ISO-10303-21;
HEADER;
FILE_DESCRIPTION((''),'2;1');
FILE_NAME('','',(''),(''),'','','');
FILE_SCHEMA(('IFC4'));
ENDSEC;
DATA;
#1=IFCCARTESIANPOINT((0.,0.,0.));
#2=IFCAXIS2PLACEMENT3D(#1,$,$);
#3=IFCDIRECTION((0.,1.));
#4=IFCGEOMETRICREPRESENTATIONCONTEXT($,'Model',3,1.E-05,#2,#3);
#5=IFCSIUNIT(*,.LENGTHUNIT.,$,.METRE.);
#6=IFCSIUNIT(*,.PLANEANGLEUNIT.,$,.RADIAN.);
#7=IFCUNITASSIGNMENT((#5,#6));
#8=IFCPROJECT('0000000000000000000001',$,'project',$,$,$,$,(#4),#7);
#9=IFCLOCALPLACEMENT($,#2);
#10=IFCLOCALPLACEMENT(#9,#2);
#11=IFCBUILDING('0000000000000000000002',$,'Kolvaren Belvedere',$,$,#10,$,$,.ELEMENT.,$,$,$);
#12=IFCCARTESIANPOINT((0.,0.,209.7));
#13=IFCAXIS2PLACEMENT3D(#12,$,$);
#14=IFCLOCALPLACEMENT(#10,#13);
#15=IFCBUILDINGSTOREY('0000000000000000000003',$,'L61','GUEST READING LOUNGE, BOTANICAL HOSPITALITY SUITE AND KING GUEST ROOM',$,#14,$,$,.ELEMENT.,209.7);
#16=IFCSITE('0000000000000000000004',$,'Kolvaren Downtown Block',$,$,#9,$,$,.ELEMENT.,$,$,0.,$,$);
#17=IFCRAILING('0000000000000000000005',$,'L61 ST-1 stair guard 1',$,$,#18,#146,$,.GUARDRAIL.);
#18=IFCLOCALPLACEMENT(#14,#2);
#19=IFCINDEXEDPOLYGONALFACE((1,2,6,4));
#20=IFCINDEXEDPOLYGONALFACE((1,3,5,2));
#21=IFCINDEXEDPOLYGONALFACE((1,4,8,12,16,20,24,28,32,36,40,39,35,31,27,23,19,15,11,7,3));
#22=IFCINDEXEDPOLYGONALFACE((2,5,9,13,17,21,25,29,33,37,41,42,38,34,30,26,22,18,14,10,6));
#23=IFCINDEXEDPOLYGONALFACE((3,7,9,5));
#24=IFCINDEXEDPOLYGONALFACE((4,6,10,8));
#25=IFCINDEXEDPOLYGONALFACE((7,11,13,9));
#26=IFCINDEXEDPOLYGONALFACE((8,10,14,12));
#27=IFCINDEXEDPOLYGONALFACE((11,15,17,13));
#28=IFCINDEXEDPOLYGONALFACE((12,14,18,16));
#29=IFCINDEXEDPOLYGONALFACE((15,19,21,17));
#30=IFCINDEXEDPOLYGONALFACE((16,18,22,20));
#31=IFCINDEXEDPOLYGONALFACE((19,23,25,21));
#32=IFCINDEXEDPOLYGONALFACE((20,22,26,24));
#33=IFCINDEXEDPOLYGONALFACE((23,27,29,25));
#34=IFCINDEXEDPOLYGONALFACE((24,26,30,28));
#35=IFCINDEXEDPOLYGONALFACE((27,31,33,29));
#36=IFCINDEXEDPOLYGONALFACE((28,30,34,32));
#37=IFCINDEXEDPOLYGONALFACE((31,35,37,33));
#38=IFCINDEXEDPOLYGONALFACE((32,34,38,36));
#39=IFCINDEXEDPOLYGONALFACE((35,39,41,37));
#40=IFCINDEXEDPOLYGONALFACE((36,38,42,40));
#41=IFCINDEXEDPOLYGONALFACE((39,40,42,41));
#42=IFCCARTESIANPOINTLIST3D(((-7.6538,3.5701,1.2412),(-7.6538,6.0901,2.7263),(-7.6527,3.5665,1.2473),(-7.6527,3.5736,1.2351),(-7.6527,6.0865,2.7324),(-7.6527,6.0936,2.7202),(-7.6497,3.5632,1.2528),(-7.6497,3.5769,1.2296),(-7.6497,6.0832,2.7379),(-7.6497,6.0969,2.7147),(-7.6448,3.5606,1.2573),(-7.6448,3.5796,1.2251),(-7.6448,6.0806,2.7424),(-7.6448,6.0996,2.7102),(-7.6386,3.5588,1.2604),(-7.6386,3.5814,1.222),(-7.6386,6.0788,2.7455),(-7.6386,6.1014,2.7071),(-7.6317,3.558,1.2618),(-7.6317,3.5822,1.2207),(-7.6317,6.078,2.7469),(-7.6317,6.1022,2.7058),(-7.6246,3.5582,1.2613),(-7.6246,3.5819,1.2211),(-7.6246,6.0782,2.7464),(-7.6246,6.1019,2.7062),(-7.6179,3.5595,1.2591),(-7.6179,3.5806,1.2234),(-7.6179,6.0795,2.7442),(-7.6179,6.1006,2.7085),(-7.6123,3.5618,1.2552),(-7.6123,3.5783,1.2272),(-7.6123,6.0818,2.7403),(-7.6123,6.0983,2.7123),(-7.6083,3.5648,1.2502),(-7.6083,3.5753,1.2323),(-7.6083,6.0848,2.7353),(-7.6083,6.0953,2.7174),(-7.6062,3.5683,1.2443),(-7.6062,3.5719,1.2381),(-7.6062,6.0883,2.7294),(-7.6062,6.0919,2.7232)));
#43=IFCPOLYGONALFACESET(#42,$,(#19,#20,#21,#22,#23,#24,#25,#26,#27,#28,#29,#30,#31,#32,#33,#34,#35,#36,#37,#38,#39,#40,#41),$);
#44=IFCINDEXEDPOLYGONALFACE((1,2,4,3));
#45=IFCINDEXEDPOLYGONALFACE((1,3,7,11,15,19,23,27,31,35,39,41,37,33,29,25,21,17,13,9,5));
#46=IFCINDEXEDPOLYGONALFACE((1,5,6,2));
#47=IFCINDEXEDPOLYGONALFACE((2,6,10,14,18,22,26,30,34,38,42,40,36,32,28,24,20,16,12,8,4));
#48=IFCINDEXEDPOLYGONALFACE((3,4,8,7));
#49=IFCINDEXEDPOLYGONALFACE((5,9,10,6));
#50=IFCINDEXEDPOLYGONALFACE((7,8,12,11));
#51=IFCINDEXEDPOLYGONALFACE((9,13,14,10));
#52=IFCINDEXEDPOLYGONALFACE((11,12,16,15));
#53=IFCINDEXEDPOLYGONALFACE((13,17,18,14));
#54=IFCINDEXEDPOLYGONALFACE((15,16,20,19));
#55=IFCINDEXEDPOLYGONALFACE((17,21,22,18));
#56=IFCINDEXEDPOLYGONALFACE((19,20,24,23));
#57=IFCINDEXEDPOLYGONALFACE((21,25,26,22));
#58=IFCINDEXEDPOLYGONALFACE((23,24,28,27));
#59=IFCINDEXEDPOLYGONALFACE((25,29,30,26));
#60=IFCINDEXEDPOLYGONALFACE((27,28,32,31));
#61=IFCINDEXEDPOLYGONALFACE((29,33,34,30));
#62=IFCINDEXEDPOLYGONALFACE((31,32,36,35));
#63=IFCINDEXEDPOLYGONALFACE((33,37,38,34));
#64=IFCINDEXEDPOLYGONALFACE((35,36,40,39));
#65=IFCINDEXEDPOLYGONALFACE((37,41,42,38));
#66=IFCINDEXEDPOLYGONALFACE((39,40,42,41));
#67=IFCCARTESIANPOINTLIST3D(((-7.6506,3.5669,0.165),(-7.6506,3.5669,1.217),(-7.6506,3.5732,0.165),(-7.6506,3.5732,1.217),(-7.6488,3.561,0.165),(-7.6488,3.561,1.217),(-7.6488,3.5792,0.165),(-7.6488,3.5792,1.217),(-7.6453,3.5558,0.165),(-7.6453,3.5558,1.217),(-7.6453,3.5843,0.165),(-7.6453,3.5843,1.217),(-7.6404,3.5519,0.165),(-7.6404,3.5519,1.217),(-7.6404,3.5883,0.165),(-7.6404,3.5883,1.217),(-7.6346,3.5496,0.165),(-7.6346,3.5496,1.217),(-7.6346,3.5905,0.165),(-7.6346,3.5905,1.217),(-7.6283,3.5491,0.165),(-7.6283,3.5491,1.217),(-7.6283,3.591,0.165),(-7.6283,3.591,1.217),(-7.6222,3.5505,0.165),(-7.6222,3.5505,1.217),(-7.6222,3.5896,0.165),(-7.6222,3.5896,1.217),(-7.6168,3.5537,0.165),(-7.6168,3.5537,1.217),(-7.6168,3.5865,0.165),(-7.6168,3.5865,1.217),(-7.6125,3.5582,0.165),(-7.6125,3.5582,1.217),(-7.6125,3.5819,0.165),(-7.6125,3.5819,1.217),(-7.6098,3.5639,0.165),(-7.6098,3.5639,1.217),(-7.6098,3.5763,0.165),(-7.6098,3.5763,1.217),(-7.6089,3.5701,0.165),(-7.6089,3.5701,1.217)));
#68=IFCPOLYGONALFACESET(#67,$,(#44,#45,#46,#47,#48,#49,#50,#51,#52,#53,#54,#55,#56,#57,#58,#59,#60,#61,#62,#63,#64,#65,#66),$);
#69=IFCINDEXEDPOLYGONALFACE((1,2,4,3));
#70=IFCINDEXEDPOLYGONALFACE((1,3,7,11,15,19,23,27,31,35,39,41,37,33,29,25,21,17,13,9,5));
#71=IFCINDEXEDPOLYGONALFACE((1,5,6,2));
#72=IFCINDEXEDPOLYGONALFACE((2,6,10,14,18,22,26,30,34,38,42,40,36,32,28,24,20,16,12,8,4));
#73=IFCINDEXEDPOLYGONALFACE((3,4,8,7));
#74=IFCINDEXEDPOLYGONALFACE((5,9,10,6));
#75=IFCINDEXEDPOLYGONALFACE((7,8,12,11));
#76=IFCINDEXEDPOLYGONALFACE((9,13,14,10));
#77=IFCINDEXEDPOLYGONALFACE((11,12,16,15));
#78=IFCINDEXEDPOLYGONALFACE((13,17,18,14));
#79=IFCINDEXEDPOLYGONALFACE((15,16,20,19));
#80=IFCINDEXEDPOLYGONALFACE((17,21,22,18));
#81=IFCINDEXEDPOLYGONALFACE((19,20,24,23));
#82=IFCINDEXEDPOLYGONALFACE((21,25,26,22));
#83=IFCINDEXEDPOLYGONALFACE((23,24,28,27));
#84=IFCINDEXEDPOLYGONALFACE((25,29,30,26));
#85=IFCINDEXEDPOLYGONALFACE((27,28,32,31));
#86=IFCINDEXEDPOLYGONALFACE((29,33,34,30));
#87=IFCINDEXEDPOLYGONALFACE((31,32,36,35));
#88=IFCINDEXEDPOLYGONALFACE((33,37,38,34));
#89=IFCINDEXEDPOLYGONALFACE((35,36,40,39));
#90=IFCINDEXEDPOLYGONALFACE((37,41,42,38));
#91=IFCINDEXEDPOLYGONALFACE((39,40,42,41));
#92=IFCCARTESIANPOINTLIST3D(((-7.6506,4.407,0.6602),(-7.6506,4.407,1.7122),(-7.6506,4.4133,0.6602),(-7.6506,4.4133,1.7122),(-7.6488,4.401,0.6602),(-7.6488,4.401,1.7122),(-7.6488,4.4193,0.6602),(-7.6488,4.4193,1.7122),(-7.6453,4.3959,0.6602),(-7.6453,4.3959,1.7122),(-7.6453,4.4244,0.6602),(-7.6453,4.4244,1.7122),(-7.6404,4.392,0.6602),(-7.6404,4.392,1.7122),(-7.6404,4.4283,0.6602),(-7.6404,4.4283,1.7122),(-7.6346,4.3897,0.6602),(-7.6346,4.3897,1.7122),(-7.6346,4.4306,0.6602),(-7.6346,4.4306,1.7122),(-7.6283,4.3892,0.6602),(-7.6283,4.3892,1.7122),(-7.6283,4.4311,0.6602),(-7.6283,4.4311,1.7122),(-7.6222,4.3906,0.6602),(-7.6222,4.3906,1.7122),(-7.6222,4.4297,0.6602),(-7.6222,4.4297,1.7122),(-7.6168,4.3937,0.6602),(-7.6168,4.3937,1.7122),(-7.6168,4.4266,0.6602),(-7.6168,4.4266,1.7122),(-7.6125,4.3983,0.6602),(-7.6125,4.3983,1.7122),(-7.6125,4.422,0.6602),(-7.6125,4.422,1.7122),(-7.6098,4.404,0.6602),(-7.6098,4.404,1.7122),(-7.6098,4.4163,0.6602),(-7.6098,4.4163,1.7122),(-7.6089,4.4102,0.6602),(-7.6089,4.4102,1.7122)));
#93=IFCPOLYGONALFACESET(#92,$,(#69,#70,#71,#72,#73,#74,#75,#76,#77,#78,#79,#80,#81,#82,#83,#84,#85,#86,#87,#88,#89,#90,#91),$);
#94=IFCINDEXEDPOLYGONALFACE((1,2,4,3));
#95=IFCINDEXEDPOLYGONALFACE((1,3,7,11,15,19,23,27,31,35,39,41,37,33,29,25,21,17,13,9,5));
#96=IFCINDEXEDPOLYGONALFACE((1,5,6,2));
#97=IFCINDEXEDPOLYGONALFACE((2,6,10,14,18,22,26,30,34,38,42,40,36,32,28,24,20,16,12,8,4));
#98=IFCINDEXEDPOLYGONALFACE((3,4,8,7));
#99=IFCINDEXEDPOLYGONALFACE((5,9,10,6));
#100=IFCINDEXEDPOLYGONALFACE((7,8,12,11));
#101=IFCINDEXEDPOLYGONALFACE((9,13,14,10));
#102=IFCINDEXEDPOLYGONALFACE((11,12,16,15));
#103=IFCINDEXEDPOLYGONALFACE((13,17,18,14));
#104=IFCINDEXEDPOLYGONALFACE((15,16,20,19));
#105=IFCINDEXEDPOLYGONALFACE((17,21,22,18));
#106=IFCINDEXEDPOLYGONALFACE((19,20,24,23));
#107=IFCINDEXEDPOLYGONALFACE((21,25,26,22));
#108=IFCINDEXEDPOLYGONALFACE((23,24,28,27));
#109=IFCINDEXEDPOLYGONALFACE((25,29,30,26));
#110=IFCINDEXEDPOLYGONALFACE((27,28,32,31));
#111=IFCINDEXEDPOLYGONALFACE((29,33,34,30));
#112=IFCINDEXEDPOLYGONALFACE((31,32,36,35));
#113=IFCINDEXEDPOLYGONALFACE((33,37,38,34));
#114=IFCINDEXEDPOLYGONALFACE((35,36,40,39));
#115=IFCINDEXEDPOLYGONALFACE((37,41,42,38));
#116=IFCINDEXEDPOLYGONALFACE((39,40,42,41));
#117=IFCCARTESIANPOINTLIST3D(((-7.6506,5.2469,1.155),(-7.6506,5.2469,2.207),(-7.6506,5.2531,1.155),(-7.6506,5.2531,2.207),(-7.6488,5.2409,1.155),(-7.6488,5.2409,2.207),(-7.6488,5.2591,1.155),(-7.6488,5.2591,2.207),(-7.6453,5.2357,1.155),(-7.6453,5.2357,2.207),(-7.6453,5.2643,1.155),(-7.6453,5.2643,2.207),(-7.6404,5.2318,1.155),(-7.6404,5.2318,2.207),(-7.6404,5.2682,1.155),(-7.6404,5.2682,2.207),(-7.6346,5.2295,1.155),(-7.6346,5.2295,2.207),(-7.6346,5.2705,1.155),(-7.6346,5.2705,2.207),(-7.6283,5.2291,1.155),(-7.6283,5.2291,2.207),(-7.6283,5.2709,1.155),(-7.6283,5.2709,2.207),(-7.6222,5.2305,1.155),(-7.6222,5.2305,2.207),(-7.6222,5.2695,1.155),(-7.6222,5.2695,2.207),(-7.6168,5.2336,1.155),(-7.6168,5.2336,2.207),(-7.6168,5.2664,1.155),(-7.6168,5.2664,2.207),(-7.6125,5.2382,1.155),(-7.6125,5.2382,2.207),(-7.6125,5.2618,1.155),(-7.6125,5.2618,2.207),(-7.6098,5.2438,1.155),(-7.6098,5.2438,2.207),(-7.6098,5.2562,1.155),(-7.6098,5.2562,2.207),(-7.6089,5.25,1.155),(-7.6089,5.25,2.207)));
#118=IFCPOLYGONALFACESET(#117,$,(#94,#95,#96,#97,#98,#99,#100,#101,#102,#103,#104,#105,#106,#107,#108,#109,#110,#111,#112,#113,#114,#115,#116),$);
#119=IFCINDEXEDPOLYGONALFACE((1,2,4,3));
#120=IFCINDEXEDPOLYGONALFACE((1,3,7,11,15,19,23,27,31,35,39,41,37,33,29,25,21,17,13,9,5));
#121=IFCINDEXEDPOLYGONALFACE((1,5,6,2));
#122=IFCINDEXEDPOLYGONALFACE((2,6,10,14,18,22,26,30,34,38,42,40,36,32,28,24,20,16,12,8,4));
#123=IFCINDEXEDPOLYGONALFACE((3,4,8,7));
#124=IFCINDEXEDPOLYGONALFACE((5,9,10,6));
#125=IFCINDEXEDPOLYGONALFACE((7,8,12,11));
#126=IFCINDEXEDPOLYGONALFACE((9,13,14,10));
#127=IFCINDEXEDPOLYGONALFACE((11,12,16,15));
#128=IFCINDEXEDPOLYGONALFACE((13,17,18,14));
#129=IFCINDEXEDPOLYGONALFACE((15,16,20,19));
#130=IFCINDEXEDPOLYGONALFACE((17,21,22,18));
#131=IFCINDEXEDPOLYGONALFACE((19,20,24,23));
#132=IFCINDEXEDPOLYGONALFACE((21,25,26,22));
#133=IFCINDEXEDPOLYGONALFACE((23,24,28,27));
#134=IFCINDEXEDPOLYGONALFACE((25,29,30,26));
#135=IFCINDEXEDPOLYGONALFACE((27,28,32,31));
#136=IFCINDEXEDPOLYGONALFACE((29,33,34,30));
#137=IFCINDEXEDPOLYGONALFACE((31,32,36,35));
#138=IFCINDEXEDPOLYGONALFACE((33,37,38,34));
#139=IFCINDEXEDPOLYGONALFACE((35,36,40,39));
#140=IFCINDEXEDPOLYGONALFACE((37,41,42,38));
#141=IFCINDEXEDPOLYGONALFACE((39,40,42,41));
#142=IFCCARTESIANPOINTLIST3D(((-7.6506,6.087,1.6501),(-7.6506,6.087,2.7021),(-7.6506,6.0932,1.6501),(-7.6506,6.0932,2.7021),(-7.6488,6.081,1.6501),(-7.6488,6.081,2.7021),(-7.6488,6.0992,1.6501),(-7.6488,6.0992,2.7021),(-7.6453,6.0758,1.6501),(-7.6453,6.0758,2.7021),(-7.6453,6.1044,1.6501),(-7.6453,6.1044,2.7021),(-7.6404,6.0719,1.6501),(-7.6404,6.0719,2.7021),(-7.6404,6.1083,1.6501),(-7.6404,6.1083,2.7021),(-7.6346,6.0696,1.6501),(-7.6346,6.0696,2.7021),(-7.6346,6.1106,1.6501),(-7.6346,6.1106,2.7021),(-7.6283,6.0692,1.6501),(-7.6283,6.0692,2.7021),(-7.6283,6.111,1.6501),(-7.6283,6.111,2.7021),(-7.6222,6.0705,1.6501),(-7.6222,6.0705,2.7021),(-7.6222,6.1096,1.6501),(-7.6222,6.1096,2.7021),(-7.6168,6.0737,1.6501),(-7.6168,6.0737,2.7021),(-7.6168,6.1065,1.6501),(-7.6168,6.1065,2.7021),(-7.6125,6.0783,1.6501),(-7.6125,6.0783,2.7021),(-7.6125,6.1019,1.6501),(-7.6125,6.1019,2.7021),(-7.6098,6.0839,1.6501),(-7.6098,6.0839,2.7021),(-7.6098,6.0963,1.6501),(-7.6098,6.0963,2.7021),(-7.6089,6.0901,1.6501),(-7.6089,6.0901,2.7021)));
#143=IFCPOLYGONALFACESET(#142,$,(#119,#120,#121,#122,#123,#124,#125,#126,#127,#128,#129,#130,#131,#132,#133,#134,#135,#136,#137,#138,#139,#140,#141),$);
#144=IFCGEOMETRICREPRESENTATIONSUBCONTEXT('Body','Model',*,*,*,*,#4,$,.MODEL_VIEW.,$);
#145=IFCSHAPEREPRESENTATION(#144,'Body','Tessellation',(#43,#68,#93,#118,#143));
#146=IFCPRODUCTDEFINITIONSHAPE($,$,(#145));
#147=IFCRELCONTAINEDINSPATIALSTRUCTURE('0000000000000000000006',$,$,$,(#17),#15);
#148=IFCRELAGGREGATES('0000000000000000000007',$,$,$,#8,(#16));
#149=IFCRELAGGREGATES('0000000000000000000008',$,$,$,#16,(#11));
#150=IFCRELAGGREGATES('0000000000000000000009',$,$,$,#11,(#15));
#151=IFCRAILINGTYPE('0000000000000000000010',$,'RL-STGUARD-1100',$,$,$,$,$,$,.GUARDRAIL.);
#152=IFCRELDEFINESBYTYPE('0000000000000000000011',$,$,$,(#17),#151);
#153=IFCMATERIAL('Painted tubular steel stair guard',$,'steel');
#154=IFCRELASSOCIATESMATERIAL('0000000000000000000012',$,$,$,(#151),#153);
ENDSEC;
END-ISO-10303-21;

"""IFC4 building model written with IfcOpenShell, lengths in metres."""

from ifc_helpers import new_model, si_unit, direction, frame, origin, origin_2d, place, context, subcontext, project, spatial, circle, extrude, material, type_object, element, save


model = new_model("IFC4")

# Units and contexts
model_context = context("Model", 3, precision=1e-05, world=origin(), true_north=direction((0.0, 1.0)))
body_context = subcontext(model_context, "Body", "Model", "MODEL_VIEW")
ifc_project = project(units=[si_unit("LENGTHUNIT", "METRE"), si_unit("PLANEANGLEUNIT", "RADIAN")], contexts=[model_context])

# Site, building, storey
site_placement = place(None, origin())
site = spatial("IfcSite", under=ifc_project, at=site_placement, Name="Kolvaren Downtown Block", CompositionType="ELEMENT", RefElevation=0.0)
building_placement = place(site_placement, origin())
building = spatial("IfcBuilding", under=site, at=building_placement, Name="Kolvaren Belvedere", CompositionType="ELEMENT")
storey_placement = place(building_placement, frame((0.0, 0.0, 209.7)))
storey = spatial("IfcBuildingStorey", under=building, at=storey_placement, Name="L61", Description="GUEST READING LOUNGE, BOTANICAL HOSPITALITY SUITE AND KING GUEST ROOM", CompositionType="ELEMENT", Elevation=209.7)

# Railing
ifc_material_1 = material(Name="Painted tubular steel stair guard", Category="steel")
railing_type_1 = type_object("IfcRailingType", Name="RL-STGUARD-1100", PredefinedType="GUARDRAIL", material=ifc_material_1)
railing_1_placement = place(storey_placement, frame((-7.6299, 3.5701, 0.165)))
element("IfcRailing", 1, at=railing_1_placement, inside=storey, type_object=railing_type_1, Name="L61 ST-1 stair guard 1", PredefinedType="GUARDRAIL", context=body_context, shape_type="SweptSolid", body=[
    extrude(circle(Radius=0.0239, at=origin_2d()), frame((0.0, 0.0, 1.0762), z_axis=(0.0, 0.861524, 0.507717), x_axis=(-1.0, 0.0, 0.0)), (0.0, 0.0, 1.0), 2.925),
    extrude(circle(Radius=0.021, at=origin_2d()), origin(), (0.0, 0.0, 1.0), 1.052),
    extrude(circle(Radius=0.021, at=origin_2d()), frame((0.0, 0.8401, 0.4951)), (0.0, 0.0, 1.0), 1.052),
    extrude(circle(Radius=0.021, at=origin_2d()), frame((0.0, 1.6799, 0.99)), (0.0, 0.0, 1.0), 1.052),
    extrude(circle(Radius=0.021, at=origin_2d()), frame((0.0, 2.52, 1.4851)), (0.0, 0.0, 1.0), 1.052),
])

save(model, "model.ifc")
